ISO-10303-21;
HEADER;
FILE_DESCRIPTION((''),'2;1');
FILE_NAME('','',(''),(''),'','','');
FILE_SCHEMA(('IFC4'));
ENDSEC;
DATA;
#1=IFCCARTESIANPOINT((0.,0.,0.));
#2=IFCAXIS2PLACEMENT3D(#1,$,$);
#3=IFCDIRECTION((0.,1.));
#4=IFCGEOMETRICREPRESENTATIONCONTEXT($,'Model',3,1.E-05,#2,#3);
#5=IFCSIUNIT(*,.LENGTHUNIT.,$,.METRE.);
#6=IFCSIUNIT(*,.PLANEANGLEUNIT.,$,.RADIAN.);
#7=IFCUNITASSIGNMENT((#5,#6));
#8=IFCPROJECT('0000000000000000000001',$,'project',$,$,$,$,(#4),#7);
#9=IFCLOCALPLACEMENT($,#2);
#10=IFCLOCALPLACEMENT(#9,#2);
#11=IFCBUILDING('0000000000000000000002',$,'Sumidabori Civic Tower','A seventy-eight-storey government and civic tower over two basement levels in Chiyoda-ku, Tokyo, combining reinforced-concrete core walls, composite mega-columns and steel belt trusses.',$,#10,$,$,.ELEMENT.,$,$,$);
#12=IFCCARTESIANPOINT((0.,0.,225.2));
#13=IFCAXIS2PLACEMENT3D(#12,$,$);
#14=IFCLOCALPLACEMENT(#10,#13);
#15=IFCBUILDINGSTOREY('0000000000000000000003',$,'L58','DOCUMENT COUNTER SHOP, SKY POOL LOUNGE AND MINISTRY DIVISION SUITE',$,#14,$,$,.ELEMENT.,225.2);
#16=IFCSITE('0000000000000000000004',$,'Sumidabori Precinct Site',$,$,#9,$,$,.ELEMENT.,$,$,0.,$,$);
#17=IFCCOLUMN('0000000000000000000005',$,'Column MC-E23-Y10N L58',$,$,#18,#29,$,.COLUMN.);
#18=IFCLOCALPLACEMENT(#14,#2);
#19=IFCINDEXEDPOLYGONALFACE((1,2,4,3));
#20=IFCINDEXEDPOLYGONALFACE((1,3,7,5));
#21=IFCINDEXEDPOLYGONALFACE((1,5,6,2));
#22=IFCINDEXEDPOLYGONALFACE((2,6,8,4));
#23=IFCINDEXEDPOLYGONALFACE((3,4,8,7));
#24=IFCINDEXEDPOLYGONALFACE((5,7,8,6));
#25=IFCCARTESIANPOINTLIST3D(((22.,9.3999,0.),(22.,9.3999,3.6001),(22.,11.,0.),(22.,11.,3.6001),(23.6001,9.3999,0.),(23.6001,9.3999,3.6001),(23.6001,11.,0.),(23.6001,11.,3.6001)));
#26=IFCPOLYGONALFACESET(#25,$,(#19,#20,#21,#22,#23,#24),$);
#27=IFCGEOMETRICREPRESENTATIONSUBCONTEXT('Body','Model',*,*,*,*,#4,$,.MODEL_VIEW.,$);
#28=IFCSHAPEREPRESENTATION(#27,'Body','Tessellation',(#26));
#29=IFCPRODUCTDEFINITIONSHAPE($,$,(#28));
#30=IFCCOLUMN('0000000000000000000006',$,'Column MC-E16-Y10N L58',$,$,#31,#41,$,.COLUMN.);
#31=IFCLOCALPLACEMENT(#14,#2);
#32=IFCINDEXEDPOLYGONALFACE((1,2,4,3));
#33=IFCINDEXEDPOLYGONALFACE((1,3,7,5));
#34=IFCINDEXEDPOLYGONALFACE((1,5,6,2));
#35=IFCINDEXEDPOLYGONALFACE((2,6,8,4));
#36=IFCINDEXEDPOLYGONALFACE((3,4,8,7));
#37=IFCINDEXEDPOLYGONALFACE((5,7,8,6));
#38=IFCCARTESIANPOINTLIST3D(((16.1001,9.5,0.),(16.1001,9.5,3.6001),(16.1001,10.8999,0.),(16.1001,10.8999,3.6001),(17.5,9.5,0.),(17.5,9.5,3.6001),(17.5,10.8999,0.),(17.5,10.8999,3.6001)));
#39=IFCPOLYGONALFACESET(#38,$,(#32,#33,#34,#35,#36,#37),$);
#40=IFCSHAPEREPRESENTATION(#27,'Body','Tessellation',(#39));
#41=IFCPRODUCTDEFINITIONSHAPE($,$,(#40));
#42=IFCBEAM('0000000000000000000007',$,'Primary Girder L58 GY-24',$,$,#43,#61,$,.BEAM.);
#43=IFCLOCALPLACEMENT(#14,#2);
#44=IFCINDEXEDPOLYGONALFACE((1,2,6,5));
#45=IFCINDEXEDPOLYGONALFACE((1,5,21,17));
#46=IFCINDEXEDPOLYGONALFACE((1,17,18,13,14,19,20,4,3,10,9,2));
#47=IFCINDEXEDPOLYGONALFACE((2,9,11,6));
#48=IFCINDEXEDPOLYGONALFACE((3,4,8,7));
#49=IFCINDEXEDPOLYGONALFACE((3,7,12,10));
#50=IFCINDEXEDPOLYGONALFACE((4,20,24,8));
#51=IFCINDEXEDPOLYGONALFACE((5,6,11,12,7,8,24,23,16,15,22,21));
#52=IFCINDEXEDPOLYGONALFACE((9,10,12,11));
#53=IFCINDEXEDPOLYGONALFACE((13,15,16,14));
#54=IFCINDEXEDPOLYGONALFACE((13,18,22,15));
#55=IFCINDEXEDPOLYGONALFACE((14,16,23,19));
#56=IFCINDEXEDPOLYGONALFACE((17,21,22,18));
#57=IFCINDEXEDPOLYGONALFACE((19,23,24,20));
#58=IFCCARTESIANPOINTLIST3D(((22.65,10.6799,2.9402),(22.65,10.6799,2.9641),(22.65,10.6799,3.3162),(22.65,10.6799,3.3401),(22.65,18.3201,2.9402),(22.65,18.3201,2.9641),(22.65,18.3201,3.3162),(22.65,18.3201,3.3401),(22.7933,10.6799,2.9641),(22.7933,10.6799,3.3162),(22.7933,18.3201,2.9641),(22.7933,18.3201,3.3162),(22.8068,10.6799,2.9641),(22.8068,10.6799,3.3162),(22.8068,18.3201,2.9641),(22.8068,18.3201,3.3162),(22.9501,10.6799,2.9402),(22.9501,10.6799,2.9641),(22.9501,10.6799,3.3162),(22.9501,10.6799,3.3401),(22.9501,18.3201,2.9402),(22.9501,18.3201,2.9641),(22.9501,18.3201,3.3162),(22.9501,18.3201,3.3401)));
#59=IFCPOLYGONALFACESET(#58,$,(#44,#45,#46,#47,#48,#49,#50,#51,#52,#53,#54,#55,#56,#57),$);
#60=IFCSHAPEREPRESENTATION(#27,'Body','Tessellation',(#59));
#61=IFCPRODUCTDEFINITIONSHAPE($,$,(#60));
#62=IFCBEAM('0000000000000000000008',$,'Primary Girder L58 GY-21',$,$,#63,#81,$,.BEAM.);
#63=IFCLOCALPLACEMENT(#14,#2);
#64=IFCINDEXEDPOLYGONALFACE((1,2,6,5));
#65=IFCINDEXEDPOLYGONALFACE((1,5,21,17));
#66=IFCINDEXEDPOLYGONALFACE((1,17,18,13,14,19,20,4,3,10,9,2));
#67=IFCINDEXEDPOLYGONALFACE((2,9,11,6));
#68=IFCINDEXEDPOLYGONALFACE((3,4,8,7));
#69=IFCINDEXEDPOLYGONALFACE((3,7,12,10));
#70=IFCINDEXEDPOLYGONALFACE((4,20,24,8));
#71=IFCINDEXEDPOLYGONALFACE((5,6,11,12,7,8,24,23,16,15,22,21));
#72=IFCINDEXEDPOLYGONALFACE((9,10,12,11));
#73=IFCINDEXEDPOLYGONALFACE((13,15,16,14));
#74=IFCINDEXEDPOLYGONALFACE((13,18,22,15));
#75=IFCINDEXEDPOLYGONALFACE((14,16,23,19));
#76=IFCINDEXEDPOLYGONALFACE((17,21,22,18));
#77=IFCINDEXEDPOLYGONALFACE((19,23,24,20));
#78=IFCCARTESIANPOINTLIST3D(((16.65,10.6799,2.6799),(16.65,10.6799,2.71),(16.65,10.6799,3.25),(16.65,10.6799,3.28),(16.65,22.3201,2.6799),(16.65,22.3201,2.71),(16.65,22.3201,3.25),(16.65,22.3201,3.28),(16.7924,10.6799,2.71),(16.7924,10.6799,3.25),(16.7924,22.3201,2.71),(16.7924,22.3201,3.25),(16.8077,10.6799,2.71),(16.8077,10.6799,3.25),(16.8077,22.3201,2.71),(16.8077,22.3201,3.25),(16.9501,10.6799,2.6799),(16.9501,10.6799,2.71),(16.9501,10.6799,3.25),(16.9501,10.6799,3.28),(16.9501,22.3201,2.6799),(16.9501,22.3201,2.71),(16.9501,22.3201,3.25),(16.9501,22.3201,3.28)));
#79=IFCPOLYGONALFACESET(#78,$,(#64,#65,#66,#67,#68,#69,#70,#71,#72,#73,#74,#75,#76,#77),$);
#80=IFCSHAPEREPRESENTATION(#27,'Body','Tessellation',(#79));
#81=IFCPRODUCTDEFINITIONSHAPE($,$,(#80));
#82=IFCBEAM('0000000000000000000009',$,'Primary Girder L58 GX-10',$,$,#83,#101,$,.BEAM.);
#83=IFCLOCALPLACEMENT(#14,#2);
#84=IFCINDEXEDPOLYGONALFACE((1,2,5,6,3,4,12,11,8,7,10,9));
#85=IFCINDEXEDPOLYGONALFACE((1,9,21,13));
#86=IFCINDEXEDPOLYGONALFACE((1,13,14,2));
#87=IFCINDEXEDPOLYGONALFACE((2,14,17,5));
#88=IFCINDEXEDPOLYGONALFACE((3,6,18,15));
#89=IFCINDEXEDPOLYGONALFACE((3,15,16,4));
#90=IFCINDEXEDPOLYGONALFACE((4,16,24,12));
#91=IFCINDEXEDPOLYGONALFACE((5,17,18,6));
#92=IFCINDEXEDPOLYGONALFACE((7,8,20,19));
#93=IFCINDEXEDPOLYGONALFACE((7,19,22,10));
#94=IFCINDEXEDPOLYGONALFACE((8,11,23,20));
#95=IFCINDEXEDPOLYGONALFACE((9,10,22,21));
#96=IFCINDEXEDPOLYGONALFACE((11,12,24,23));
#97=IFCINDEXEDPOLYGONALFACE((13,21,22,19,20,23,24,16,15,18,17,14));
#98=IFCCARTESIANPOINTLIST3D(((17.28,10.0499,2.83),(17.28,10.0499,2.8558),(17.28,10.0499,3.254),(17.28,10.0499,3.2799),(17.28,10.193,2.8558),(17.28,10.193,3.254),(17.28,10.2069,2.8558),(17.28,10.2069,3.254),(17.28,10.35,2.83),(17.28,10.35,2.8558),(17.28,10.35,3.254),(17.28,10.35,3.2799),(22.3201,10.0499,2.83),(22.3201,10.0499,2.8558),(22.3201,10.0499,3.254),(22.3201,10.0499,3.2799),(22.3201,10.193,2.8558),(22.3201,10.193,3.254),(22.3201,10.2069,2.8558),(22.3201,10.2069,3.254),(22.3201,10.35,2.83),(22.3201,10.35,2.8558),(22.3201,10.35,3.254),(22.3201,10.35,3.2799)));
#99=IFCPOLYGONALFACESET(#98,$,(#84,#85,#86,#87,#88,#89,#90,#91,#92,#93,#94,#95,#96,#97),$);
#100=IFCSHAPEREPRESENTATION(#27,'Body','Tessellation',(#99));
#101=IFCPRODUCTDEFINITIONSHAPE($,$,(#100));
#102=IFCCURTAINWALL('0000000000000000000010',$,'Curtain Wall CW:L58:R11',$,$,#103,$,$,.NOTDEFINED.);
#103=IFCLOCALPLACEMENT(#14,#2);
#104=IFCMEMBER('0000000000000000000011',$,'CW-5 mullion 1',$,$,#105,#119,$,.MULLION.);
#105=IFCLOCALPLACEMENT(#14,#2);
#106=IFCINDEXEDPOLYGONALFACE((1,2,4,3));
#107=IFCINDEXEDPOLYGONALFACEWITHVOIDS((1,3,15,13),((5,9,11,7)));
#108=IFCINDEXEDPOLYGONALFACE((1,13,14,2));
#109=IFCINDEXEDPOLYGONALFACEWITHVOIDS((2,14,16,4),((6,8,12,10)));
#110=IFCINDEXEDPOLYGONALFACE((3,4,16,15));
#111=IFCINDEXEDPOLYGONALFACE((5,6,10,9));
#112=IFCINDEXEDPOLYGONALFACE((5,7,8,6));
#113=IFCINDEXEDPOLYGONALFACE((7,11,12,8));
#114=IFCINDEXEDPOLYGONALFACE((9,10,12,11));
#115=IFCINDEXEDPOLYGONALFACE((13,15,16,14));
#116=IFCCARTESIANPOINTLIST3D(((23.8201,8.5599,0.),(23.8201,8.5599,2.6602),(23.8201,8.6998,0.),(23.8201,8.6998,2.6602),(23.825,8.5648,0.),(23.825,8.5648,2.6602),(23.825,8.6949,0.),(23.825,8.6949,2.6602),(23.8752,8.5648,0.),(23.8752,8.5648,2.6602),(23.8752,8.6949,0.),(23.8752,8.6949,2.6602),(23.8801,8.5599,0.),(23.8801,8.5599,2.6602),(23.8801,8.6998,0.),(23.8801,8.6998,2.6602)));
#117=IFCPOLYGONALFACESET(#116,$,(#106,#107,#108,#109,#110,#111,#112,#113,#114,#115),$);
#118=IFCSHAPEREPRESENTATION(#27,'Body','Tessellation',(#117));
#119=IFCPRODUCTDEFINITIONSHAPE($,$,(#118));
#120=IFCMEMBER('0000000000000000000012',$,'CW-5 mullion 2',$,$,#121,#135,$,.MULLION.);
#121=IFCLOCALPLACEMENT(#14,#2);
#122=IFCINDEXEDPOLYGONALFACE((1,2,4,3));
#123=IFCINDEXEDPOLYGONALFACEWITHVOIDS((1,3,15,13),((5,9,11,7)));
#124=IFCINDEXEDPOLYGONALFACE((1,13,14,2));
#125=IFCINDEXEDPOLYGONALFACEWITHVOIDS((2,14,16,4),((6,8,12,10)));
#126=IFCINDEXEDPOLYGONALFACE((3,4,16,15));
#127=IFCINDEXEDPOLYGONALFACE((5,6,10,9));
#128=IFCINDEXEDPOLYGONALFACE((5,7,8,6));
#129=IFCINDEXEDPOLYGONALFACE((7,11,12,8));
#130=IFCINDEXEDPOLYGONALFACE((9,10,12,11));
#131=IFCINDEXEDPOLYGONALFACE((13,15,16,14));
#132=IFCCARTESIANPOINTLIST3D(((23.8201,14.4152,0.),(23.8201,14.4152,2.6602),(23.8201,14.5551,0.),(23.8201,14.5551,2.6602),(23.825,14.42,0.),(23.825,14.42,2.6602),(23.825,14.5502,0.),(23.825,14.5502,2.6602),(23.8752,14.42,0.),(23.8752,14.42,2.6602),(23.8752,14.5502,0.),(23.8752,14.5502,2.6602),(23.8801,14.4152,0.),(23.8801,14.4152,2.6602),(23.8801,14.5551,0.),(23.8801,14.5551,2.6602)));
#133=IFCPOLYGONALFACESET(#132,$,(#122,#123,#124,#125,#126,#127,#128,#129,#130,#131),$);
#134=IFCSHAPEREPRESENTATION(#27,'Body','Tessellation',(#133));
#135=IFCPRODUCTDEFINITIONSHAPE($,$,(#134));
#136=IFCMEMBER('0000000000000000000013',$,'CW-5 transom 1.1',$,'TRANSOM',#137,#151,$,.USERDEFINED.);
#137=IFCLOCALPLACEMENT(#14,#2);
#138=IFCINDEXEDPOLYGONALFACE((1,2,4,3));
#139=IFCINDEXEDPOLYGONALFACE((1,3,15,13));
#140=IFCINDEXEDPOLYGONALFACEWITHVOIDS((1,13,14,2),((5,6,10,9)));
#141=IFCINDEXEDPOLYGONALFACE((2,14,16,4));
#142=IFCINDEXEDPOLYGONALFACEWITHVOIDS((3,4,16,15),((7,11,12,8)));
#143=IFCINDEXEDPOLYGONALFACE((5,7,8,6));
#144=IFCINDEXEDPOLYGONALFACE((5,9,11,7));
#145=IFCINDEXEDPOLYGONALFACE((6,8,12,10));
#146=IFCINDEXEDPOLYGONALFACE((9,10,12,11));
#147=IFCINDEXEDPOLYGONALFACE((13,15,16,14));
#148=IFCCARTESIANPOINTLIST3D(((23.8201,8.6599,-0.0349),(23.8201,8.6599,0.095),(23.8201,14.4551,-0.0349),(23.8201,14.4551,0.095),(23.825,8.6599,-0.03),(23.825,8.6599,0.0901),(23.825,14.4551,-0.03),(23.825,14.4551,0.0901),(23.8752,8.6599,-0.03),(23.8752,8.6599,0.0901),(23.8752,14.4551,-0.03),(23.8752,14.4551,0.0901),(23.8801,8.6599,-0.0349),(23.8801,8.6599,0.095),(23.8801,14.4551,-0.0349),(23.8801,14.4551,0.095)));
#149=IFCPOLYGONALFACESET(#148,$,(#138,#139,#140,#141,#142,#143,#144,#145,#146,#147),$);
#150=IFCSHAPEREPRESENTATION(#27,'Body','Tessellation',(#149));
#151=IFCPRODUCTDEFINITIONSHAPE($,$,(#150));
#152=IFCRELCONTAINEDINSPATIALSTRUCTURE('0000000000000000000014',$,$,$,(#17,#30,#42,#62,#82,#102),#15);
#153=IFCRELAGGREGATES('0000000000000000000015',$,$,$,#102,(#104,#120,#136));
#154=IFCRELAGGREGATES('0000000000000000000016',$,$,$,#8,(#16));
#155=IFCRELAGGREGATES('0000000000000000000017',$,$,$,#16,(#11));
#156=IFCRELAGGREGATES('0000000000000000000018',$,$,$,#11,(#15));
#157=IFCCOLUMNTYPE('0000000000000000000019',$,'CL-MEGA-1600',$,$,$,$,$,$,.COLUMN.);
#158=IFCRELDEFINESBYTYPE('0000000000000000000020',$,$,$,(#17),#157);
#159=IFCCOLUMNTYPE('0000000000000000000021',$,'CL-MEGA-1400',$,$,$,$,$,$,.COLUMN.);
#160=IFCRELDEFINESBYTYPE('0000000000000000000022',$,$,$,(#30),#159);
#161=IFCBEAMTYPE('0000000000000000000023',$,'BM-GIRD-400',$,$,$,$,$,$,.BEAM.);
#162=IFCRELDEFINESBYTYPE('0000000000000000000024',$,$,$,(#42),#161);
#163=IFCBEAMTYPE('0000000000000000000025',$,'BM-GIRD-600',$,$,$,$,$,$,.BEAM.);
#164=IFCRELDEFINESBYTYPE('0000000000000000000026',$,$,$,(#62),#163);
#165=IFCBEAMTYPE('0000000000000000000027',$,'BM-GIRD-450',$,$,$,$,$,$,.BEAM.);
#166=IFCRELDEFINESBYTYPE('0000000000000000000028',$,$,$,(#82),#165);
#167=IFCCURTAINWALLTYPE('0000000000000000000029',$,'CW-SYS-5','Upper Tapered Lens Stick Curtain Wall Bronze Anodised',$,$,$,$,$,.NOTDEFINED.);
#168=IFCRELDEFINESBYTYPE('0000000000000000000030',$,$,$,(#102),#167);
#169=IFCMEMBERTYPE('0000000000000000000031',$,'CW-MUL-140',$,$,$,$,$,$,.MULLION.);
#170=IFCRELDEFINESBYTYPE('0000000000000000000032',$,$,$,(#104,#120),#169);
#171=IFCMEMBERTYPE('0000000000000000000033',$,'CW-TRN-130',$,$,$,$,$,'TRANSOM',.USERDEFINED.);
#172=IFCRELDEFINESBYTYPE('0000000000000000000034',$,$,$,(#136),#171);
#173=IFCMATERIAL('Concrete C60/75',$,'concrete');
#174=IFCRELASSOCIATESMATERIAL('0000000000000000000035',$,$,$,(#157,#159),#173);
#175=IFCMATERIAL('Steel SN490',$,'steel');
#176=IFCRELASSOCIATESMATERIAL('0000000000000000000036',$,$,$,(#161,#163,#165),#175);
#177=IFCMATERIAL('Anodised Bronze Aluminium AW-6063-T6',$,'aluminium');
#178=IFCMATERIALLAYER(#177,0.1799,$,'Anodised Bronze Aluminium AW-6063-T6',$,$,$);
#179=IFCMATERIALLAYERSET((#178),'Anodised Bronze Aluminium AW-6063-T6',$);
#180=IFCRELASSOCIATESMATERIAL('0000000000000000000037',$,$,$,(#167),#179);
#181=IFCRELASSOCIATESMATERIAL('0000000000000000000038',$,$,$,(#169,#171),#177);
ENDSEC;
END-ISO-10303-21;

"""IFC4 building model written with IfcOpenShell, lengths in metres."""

from ifc_helpers import new_model, si_unit, direction, frame, origin, origin_2d, place, context, subcontext, project, spatial, rectangle, hollow_rectangle, i_section, extrude, source, transform, mapped, material, layer, layer_set, material_profile, profile_set, type_object, element, aggregate, save


model = new_model("IFC4")

# Units and contexts
model_context = context("Model", 3, precision=1e-05, world=origin(), true_north=direction((0.0, 1.0)))
body_context = subcontext(model_context, "Body", "Model", "MODEL_VIEW")
ifc_project = project(units=[si_unit("LENGTHUNIT", "METRE"), si_unit("PLANEANGLEUNIT", "RADIAN")], contexts=[model_context])

# Site, building, storey
site_placement = place(None, origin())
site = spatial("IfcSite", under=ifc_project, at=site_placement, Name="Sumidabori Precinct Site", CompositionType="ELEMENT", RefElevation=0.0)
building_placement = place(site_placement, origin())
building = spatial("IfcBuilding", under=site, at=building_placement, Name="Sumidabori Civic Tower", Description="A seventy-eight-storey government and civic tower over two basement levels in Chiyoda-ku, Tokyo, combining reinforced-concrete core walls, composite mega-columns and steel belt trusses.", CompositionType="ELEMENT")
storey_placement = place(building_placement, frame((0.0, 0.0, 225.2)))
storey = spatial("IfcBuildingStorey", under=building, at=storey_placement, Name="L58", Description="DOCUMENT COUNTER SHOP, SKY POOL LOUNGE AND MINISTRY DIVISION SUITE", CompositionType="ELEMENT", Elevation=225.2)

# Columns
ifc_material_1 = material(Name="Concrete C60/75", Category="concrete")
ifc_material_profile_1 = material_profile(ifc_material_1, rectangle(XDim=1.6001, YDim=1.6001, at=origin_2d()), Name="RC 1600x1600")
ifc_profile_set_1 = profile_set([ifc_material_profile_1], Name="Concrete C60/75")
column_type_1 = type_object("IfcColumnType", Name="CL-MEGA-1600", PredefinedType="COLUMN", material=ifc_profile_set_1)
shared_shape_1 = source(origin(), body_context, "Body", "SweptSolid", [
    extrude(rectangle(XDim=1.6001, YDim=1.6001, at=origin_2d()), origin(), (0.0, 0.0, 1.0), 3.6001),
])
column_1_placement = place(storey_placement, frame((22.8, 10.2, 0.0), z_axis=(0.0, 0.0, 1.0), x_axis=(1.0, 0.0, 0.0)))
element("IfcColumn", 1, at=column_1_placement, inside=storey, type_object=column_type_1, Name="Column MC-E23-Y10N L58", PredefinedType="COLUMN", context=body_context, shape_type="MappedRepresentation", body=[
    mapped(shared_shape_1, transform((0.0, 0.0, 0.0), x_axis=(1.0, 0.0, 0.0), y_axis=(0.0, 1.0, 0.0), z_axis=(0.0, 0.0, 1.0), scale=1.0)),
])
ifc_material_profile_2 = material_profile(ifc_material_1, rectangle(XDim=1.3999, YDim=1.3999, at=origin_2d()), Name="RC 1400x1400")
ifc_profile_set_2 = profile_set([ifc_material_profile_2], Name="Concrete C60/75")
column_type_2 = type_object("IfcColumnType", Name="CL-MEGA-1400", PredefinedType="COLUMN", material=ifc_profile_set_2)
shared_shape_2 = source(origin(), body_context, "Body", "SweptSolid", [
    extrude(rectangle(XDim=1.3999, YDim=1.3999, at=origin_2d()), origin(), (0.0, 0.0, 1.0), 3.6001),
])
column_2_placement = place(storey_placement, frame((16.8, 10.2, 0.0), z_axis=(0.0, 0.0, 1.0), x_axis=(1.0, 0.0, 0.0)))
element("IfcColumn", 2, at=column_2_placement, inside=storey, type_object=column_type_2, Name="Column MC-E16-Y10N L58", PredefinedType="COLUMN", context=body_context, shape_type="MappedRepresentation", body=[
    mapped(shared_shape_2, transform((0.0, 0.0, 0.0), x_axis=(1.0, 0.0, 0.0), y_axis=(0.0, 1.0, 0.0), z_axis=(0.0, 0.0, 1.0), scale=1.0)),
])

# Beams
ifc_material_2 = material(Name="Steel SN490", Category="steel")
ifc_material_profile_3 = material_profile(ifc_material_2, i_section(OverallWidth=0.3, OverallDepth=0.3999, WebThickness=0.0134, FlangeThickness=0.0239, at=origin_2d()), Name="HE 400 B")
ifc_profile_set_3 = profile_set([ifc_material_profile_3], Name="Steel SN490")
beam_type_1 = type_object("IfcBeamType", Name="BM-GIRD-400", PredefinedType="BEAM", material=ifc_profile_set_3)
shared_shape_3 = source(origin(), body_context, "Body", "SweptSolid", [
    extrude(i_section(OverallWidth=0.3, OverallDepth=0.3999, WebThickness=0.0134, FlangeThickness=0.0239, at=origin_2d()), origin(), (0.0, 0.0, 1.0), 7.6401),
])
beam_1_placement = place(storey_placement, frame((22.8, 10.6799, 3.1401), z_axis=(0.0, 1.0, 0.0), x_axis=(-1.0, 0.0, 0.0)))
element("IfcBeam", 3, at=beam_1_placement, inside=storey, type_object=beam_type_1, Name="Primary Girder L58 GY-24", PredefinedType="BEAM", context=body_context, shape_type="MappedRepresentation", body=[
    mapped(shared_shape_3, transform((0.0, 0.0, 0.0), x_axis=(1.0, 0.0, 0.0), y_axis=(0.0, 1.0, 0.0), z_axis=(0.0, 0.0, 1.0), scale=1.0)),
])
ifc_material_profile_4 = material_profile(ifc_material_2, i_section(OverallWidth=0.3, OverallDepth=0.6001, WebThickness=0.0154, FlangeThickness=0.03, at=origin_2d()), Name="HE 600 B")
ifc_profile_set_4 = profile_set([ifc_material_profile_4], Name="Steel SN490")
beam_type_2 = type_object("IfcBeamType", Name="BM-GIRD-600", PredefinedType="BEAM", material=ifc_profile_set_4)
shared_shape_4 = source(origin(), body_context, "Body", "SweptSolid", [
    extrude(i_section(OverallWidth=0.3, OverallDepth=0.6001, WebThickness=0.0154, FlangeThickness=0.03, at=origin_2d()), origin(), (0.0, 0.0, 1.0), 11.6401),
])
beam_2_placement = place(storey_placement, frame((16.8, 10.6799, 2.98), z_axis=(0.0, 1.0, 0.0), x_axis=(-1.0, 0.0, 0.0)))
element("IfcBeam", 4, at=beam_2_placement, inside=storey, type_object=beam_type_2, Name="Primary Girder L58 GY-21", PredefinedType="BEAM", context=body_context, shape_type="MappedRepresentation", body=[
    mapped(shared_shape_4, transform((0.0, 0.0, 0.0), x_axis=(1.0, 0.0, 0.0), y_axis=(0.0, 1.0, 0.0), z_axis=(0.0, 0.0, 1.0), scale=1.0)),
])
ifc_material_profile_5 = material_profile(ifc_material_2, i_section(OverallWidth=0.3, OverallDepth=0.45, WebThickness=0.0139, FlangeThickness=0.0259, at=origin_2d()), Name="HE 450 B")
ifc_profile_set_5 = profile_set([ifc_material_profile_5], Name="Steel SN490")
beam_type_3 = type_object("IfcBeamType", Name="BM-GIRD-450", PredefinedType="BEAM", material=ifc_profile_set_5)
shared_shape_5 = source(origin(), body_context, "Body", "SweptSolid", [
    extrude(i_section(OverallWidth=0.3, OverallDepth=0.45, WebThickness=0.0139, FlangeThickness=0.0259, at=origin_2d()), origin(), (0.0, 0.0, 1.0), 5.04),
])
beam_3_placement = place(storey_placement, frame((17.28, 10.2, 3.0549), z_axis=(1.0, 0.0, 0.0), x_axis=(0.0, 1.0, 0.0)))
element("IfcBeam", 5, at=beam_3_placement, inside=storey, type_object=beam_type_3, Name="Primary Girder L58 GX-10", PredefinedType="BEAM", context=body_context, shape_type="MappedRepresentation", body=[
    mapped(shared_shape_5, transform((0.0, 0.0, 0.0), x_axis=(1.0, 0.0, 0.0), y_axis=(0.0, 1.0, 0.0), z_axis=(0.0, 0.0, 1.0), scale=1.0)),
])

# Curtain wall, members
ifc_material_3 = material(Name="Anodised Bronze Aluminium AW-6063-T6", Category="aluminium")
ifc_layer_1 = layer(ifc_material_3, 0.1799, Name="Anodised Bronze Aluminium AW-6063-T6")
ifc_layer_set_1 = layer_set([ifc_layer_1], Name="Anodised Bronze Aluminium AW-6063-T6")
curtain_wall_type = type_object("IfcCurtainWallType", Name="CW-SYS-5", Description="Upper Tapered Lens Stick Curtain Wall Bronze Anodised", PredefinedType="NOTDEFINED", material=ifc_layer_set_1)
curtain_wall_placement = place(storey_placement, origin())
curtain_wall = element("IfcCurtainWall", 6, at=curtain_wall_placement, inside=storey, type_object=curtain_wall_type, Name="Curtain Wall CW:L58:R11", PredefinedType="NOTDEFINED")
ifc_material_profile_6 = material_profile(ifc_material_3, hollow_rectangle(XDim=0.0601, YDim=0.1399, WallThickness=0.0049, at=origin_2d()), Name="ALU MULLION 140x60")
ifc_profile_set_6 = profile_set([ifc_material_profile_6], Name="Anodised Bronze Aluminium AW-6063-T6")
member_type_1 = type_object("IfcMemberType", Name="CW-MUL-140", PredefinedType="MULLION", material=ifc_profile_set_6)
shared_shape_6 = source(origin(), body_context, "Body", "SweptSolid", [
    extrude(hollow_rectangle(XDim=0.0601, YDim=0.1399, WallThickness=0.0049, at=origin_2d()), origin(), (0.0, 0.0, 1.0), 2.6602),
])
member_1_placement = place(storey_placement, frame((23.8501, 8.6299, 0.0), z_axis=(0.0, 0.0, 1.0), x_axis=(-1.0, 0.0, 0.0)))
member_1 = element("IfcMember", 7, at=member_1_placement, type_object=member_type_1, Name="CW-5 mullion 1", PredefinedType="MULLION", context=body_context, shape_type="MappedRepresentation", body=[
    mapped(shared_shape_6, transform((0.0, 0.0, 0.0), x_axis=(1.0, 0.0, 0.0), y_axis=(0.0, 1.0, 0.0), z_axis=(0.0, 0.0, 1.0), scale=1.0)),
])
member_2_placement = place(storey_placement, frame((23.8501, 14.4851, 0.0), z_axis=(0.0, 0.0, 1.0), x_axis=(-1.0, 0.0, 0.0)))
member_2 = element("IfcMember", 8, at=member_2_placement, type_object=member_type_1, Name="CW-5 mullion 2", PredefinedType="MULLION", context=body_context, shape_type="MappedRepresentation", body=[
    mapped(shared_shape_6, transform((0.0, 0.0, 0.0), x_axis=(1.0, 0.0, 0.0), y_axis=(0.0, 1.0, 0.0), z_axis=(0.0, 0.0, 1.0), scale=1.0)),
])
ifc_material_profile_7 = material_profile(ifc_material_3, hollow_rectangle(XDim=0.0601, YDim=0.1299, WallThickness=0.0049, at=origin_2d()), Name="ALU TRANSOM 130x60")
ifc_profile_set_7 = profile_set([ifc_material_profile_7], Name="Anodised Bronze Aluminium AW-6063-T6")
member_type_2 = type_object("IfcMemberType", Name="CW-TRN-130", ElementType="TRANSOM", PredefinedType="USERDEFINED", material=ifc_profile_set_7)
shared_shape_7 = source(origin(), body_context, "Body", "SweptSolid", [
    extrude(hollow_rectangle(XDim=0.0601, YDim=0.1299, WallThickness=0.0049, at=origin_2d()), origin(), (0.0, 0.0, 1.0), 5.7952),
])
member_3_placement = place(storey_placement, frame((23.8501, 8.6599, 0.03), z_axis=(0.0, 1.0, 0.0), x_axis=(-1.0, 0.0, 0.0)))
member_3 = element("IfcMember", 9, at=member_3_placement, type_object=member_type_2, Name="CW-5 transom 1.1", ObjectType="TRANSOM", PredefinedType="USERDEFINED", context=body_context, shape_type="MappedRepresentation", body=[
    mapped(shared_shape_7, transform((0.0, 0.0, 0.0), x_axis=(1.0, 0.0, 0.0), y_axis=(0.0, 1.0, 0.0), z_axis=(0.0, 0.0, 1.0), scale=1.0)),
])
aggregate(curtain_wall, [member_1, member_2, member_3])

save(model, "model.ifc")
